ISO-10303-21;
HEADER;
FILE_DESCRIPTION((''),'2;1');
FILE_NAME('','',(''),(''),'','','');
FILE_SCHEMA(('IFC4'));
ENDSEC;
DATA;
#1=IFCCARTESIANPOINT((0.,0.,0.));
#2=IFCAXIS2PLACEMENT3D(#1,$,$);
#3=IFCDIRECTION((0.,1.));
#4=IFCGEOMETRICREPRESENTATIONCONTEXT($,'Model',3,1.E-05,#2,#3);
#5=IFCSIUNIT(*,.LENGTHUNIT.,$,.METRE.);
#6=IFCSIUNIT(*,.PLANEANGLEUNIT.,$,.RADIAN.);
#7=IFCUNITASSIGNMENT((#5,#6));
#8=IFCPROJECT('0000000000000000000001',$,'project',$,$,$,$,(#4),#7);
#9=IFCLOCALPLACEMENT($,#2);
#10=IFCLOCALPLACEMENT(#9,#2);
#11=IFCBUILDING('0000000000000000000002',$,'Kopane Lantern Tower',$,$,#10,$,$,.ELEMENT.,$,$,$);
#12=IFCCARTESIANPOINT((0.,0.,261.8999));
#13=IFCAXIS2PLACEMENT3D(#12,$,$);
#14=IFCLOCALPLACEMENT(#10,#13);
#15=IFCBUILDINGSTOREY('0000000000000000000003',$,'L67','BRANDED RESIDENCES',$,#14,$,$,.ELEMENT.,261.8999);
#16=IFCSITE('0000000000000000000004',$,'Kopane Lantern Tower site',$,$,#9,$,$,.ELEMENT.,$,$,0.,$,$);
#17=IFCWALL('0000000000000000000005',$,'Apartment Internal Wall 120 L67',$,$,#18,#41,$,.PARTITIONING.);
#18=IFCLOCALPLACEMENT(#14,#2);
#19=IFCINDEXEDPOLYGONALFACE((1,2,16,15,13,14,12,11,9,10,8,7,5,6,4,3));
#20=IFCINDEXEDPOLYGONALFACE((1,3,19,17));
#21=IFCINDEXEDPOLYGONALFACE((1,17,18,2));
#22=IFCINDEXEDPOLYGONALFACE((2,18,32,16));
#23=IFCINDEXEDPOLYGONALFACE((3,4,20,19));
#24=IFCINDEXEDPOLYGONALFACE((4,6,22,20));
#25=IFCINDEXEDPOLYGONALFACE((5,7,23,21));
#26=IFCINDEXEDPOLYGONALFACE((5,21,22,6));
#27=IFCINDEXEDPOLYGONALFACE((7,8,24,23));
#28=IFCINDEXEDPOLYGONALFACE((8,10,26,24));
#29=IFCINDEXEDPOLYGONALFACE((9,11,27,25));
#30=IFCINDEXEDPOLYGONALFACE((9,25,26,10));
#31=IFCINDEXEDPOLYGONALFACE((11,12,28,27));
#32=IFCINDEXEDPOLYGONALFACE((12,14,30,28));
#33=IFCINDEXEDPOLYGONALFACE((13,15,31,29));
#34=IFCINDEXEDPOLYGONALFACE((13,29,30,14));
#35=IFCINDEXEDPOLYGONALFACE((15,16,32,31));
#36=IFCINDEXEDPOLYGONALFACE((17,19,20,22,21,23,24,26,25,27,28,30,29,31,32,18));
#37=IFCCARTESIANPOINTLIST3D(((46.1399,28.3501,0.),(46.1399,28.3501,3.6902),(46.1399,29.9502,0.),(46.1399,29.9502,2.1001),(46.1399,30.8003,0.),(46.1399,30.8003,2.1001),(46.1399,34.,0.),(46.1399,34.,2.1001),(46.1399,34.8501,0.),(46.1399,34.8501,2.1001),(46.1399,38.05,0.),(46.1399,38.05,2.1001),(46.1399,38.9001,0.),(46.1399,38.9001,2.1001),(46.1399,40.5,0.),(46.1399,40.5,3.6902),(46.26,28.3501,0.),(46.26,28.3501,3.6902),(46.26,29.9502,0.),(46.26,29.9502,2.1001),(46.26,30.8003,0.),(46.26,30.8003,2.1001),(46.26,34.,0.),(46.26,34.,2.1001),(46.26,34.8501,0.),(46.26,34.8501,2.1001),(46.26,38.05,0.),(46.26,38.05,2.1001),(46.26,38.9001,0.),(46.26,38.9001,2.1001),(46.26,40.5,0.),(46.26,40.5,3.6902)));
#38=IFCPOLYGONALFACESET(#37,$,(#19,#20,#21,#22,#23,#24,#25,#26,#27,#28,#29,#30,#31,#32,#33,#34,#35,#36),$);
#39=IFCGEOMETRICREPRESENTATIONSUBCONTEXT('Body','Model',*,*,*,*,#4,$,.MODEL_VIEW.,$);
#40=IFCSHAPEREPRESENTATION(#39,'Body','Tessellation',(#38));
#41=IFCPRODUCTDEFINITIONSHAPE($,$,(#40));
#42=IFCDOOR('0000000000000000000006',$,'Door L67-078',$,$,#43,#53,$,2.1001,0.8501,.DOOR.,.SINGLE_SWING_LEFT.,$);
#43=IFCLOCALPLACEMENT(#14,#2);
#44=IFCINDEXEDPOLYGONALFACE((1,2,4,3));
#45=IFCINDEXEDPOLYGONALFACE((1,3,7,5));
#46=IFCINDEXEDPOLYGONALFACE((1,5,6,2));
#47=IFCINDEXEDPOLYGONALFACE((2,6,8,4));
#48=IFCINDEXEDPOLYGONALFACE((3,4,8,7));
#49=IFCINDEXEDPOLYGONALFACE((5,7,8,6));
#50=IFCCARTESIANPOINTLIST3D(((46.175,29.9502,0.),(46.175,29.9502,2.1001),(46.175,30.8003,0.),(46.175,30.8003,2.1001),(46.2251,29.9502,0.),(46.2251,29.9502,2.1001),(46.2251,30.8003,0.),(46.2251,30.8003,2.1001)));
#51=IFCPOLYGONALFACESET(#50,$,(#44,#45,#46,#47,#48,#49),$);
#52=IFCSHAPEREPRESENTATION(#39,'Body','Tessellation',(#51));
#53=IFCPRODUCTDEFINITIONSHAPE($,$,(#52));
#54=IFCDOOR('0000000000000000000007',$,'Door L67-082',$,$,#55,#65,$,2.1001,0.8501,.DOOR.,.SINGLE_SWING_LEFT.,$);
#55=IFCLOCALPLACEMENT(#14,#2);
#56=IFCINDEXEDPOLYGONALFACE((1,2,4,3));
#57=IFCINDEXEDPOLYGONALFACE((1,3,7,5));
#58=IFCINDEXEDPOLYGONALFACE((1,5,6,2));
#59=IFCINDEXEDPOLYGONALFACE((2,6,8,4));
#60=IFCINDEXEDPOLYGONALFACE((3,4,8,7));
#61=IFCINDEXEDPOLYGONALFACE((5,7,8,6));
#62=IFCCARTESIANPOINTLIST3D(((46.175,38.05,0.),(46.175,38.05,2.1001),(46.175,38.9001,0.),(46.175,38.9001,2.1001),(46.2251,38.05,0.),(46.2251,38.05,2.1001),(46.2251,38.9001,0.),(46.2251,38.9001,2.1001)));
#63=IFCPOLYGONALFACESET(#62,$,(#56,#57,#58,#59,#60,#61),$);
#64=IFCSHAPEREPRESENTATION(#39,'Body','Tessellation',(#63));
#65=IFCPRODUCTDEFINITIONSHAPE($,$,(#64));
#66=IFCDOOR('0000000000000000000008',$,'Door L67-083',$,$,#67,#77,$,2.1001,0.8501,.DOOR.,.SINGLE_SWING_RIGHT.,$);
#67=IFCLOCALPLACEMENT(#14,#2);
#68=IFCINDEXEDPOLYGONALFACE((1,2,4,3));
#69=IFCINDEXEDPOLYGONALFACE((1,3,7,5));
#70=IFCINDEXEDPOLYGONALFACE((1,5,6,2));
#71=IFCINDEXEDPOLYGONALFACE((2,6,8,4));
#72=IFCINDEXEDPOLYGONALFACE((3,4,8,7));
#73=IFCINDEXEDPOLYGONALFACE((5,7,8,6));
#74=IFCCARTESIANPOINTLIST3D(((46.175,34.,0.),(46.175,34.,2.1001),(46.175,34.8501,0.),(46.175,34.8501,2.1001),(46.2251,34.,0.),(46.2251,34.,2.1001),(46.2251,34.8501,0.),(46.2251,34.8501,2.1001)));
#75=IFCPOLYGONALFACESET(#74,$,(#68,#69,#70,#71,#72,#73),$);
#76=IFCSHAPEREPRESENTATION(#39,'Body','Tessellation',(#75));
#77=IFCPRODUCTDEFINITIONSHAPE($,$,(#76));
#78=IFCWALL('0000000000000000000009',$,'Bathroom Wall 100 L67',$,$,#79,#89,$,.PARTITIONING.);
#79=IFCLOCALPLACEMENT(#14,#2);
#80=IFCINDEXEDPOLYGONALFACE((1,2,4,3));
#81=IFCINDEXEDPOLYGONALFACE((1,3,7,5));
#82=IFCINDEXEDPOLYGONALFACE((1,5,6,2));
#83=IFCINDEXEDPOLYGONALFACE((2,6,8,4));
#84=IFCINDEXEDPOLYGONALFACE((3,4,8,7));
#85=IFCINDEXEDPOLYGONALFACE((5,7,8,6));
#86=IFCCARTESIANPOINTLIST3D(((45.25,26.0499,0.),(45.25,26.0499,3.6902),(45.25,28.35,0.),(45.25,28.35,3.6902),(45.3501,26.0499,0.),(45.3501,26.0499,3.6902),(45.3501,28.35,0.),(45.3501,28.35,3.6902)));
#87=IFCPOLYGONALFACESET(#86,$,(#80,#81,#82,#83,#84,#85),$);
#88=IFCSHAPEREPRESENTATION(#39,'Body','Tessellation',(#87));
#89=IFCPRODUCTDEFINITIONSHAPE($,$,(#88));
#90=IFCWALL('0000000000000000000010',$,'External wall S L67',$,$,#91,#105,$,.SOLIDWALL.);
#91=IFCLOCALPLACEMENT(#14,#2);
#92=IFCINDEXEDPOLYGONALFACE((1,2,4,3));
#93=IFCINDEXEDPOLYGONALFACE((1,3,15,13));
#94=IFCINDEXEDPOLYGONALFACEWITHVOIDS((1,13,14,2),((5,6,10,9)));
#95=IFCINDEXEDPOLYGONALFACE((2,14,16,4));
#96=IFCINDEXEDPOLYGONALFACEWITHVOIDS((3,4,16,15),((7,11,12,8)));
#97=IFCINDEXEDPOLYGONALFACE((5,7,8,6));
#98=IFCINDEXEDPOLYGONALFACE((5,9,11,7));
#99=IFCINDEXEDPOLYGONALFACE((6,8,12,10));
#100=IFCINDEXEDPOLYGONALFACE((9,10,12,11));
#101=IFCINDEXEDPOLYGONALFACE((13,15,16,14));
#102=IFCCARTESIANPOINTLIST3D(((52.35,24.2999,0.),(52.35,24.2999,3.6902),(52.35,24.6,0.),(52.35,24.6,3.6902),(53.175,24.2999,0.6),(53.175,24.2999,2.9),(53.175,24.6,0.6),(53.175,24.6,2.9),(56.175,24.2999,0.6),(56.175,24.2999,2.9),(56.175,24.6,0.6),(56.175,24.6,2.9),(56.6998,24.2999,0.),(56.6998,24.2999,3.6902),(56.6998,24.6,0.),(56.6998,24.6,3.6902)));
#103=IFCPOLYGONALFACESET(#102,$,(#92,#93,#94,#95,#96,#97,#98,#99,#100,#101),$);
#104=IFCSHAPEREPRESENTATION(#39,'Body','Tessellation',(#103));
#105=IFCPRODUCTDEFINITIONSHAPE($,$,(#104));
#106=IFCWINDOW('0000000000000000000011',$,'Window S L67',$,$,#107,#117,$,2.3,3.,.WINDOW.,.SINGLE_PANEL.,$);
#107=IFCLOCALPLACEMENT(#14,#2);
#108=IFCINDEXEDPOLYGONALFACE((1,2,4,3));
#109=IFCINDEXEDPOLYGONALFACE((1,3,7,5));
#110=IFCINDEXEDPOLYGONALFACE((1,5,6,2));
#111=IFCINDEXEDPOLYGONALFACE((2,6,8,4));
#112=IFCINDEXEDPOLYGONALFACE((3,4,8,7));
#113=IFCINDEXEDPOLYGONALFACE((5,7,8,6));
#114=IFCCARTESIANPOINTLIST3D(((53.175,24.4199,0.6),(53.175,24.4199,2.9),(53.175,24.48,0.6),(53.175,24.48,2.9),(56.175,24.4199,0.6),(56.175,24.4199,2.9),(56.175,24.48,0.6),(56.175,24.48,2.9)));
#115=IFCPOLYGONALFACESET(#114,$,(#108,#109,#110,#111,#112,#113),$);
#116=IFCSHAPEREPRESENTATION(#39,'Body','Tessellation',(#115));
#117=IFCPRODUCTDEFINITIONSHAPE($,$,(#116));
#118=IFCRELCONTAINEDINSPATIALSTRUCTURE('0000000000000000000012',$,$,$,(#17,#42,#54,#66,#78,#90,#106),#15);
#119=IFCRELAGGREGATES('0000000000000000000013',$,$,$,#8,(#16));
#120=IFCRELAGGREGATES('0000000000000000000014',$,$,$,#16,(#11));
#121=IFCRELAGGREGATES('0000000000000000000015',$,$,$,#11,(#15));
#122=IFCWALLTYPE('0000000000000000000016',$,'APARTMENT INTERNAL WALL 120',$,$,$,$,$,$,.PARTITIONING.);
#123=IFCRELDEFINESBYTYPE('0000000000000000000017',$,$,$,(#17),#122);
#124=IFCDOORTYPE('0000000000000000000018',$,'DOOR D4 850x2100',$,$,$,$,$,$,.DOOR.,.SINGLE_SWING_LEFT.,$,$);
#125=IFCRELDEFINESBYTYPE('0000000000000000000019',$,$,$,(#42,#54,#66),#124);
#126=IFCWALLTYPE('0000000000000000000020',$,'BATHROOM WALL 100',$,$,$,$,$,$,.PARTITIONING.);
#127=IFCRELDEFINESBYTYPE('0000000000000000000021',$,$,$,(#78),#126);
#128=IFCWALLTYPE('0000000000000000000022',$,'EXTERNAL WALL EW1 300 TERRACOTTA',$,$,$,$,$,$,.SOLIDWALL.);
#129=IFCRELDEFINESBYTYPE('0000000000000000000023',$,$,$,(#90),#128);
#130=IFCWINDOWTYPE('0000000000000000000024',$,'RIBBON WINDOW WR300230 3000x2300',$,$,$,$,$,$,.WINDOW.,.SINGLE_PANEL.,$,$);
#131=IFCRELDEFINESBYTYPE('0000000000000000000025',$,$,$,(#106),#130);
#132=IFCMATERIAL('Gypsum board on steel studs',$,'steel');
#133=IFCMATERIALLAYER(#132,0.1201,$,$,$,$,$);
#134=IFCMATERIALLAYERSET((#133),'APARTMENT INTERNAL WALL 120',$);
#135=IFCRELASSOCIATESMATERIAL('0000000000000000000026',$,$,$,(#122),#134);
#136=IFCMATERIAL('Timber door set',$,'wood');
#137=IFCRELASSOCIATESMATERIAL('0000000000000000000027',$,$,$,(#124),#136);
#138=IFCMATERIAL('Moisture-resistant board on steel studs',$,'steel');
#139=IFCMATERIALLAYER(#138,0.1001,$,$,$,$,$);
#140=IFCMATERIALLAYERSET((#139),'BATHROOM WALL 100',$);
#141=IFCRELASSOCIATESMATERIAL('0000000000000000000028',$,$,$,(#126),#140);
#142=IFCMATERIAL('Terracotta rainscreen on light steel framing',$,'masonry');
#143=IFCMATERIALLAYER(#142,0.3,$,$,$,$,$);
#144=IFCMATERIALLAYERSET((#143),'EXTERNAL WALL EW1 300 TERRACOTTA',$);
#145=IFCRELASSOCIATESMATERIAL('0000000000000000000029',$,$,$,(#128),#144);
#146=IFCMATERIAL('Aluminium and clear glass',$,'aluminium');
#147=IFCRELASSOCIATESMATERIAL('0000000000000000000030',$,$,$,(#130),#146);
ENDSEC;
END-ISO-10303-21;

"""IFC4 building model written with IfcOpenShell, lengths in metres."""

from ifc_helpers import new_model, si_unit, direction, frame, frame_2d, origin, place, context, subcontext, project, spatial, rectangle, extrude, material, layer, layer_set, type_object, element, fill, save


model = new_model("IFC4")

# Units and contexts
model_context = context("Model", 3, precision=1e-05, world=origin(), true_north=direction((0.0, 1.0)))
body_context = subcontext(model_context, "Body", "Model", "MODEL_VIEW")
ifc_project = project(units=[si_unit("LENGTHUNIT", "METRE"), si_unit("PLANEANGLEUNIT", "RADIAN")], contexts=[model_context])

# Site, building, storey
site_placement = place(None, origin())
site = spatial("IfcSite", under=ifc_project, at=site_placement, Name="Kopane Lantern Tower site", CompositionType="ELEMENT", RefElevation=0.0)
building_placement = place(site_placement, origin())
building = spatial("IfcBuilding", under=site, at=building_placement, Name="Kopane Lantern Tower", CompositionType="ELEMENT")
storey_placement = place(building_placement, frame((0.0, 0.0, 261.8999)))
storey = spatial("IfcBuildingStorey", under=building, at=storey_placement, Name="L67", Description="BRANDED RESIDENCES", CompositionType="ELEMENT", Elevation=261.8999)

# Wall, openings, doors
ifc_material_1 = material(Name="Gypsum board on steel studs", Category="steel")
ifc_layer_1 = layer(ifc_material_1, 0.1201)
ifc_layer_set_1 = layer_set([ifc_layer_1], Name="APARTMENT INTERNAL WALL 120")
wall_type_1 = type_object("IfcWallType", Name="APARTMENT INTERNAL WALL 120", PredefinedType="PARTITIONING", material=ifc_layer_set_1)
wall_1_placement = place(storey_placement, frame((46.2, 28.3501, 0.0), z_axis=(0.0, 0.0, 1.0), x_axis=(0.0, 1.0, 0.0)))
wall_1 = element("IfcWall", 1, at=wall_1_placement, inside=storey, type_object=wall_type_1, Name="Apartment Internal Wall 120 L67", PredefinedType="PARTITIONING", context=body_context, shape_type="SweptSolid", body=[
    extrude(rectangle(XDim=12.1499, YDim=0.1201, at=frame_2d((6.075, 0.0))), origin(), (0.0, 0.0, 1.0), 3.6902),
])
opening_1_placement = place(wall_1_placement, frame((1.6001, 0.0, 0.0)))
opening_1 = element("IfcOpeningElement", 2, at=opening_1_placement, cuts=wall_1, PredefinedType="OPENING", context=body_context, shape_type="SweptSolid", body=[
    extrude(rectangle(XDim=0.8501, YDim=2.1001, at=frame_2d((0.425, 1.05))), frame((0.0, 0.0701, 0.0), z_axis=(0.0, -1.0, 0.0), x_axis=(1.0, 0.0, 0.0)), (0.0, 0.0, 1.0), 0.1401),
])
opening_2_placement = place(wall_1_placement, frame((9.7, 0.0, 0.0)))
opening_2 = element("IfcOpeningElement", 3, at=opening_2_placement, cuts=wall_1, PredefinedType="OPENING", context=body_context, shape_type="SweptSolid", body=[
    extrude(rectangle(XDim=0.8501, YDim=2.1001, at=frame_2d((0.425, 1.05))), frame((0.0, 0.0701, 0.0), z_axis=(0.0, -1.0, 0.0), x_axis=(1.0, 0.0, 0.0)), (0.0, 0.0, 1.0), 0.1401),
])
opening_3_placement = place(wall_1_placement, frame((5.6499, 0.0, 0.0)))
opening_3 = element("IfcOpeningElement", 4, at=opening_3_placement, cuts=wall_1, PredefinedType="OPENING", context=body_context, shape_type="SweptSolid", body=[
    extrude(rectangle(XDim=0.8501, YDim=2.1001, at=frame_2d((0.425, 1.05))), frame((0.0, 0.0701, 0.0), z_axis=(0.0, -1.0, 0.0), x_axis=(1.0, 0.0, 0.0)), (0.0, 0.0, 1.0), 0.1401),
])
ifc_material_2 = material(Name="Timber door set", Category="wood")
door_type = type_object("IfcDoorType", Name="DOOR D4 850x2100", OperationType="SINGLE_SWING_LEFT", PredefinedType="DOOR", material=ifc_material_2)
door_1_placement = place(opening_1_placement, origin())
door_1 = element("IfcDoor", 5, at=door_1_placement, inside=storey, type_object=door_type, Name="Door L67-078", OperationType="SINGLE_SWING_LEFT", OverallHeight=2.1001, OverallWidth=0.8501, PredefinedType="DOOR", context=body_context, shape_type="SweptSolid", body=[
    extrude(rectangle(XDim=0.8501, YDim=2.1001, at=frame_2d((0.425, 1.05))), frame((0.0, 0.0249, 0.0), z_axis=(0.0, -1.0, 0.0), x_axis=(1.0, 0.0, 0.0)), (0.0, 0.0, 1.0), 0.05),
])
fill(opening_1, door_1)
door_2_placement = place(opening_2_placement, origin())
door_2 = element("IfcDoor", 6, at=door_2_placement, inside=storey, type_object=door_type, Name="Door L67-082", OperationType="SINGLE_SWING_LEFT", OverallHeight=2.1001, OverallWidth=0.8501, PredefinedType="DOOR", context=body_context, shape_type="SweptSolid", body=[
    extrude(rectangle(XDim=0.8501, YDim=2.1001, at=frame_2d((0.425, 1.05))), frame((0.0, 0.0249, 0.0), z_axis=(0.0, -1.0, 0.0), x_axis=(1.0, 0.0, 0.0)), (0.0, 0.0, 1.0), 0.05),
])
fill(opening_2, door_2)
door_3_placement = place(opening_3_placement, origin())
door_3 = element("IfcDoor", 7, at=door_3_placement, inside=storey, type_object=door_type, Name="Door L67-083", OperationType="SINGLE_SWING_RIGHT", OverallHeight=2.1001, OverallWidth=0.8501, PredefinedType="DOOR", context=body_context, shape_type="SweptSolid", body=[
    extrude(rectangle(XDim=0.8501, YDim=2.1001, at=frame_2d((0.425, 1.05))), frame((0.0, 0.0249, 0.0), z_axis=(0.0, -1.0, 0.0), x_axis=(1.0, 0.0, 0.0)), (0.0, 0.0, 1.0), 0.05),
])
fill(opening_3, door_3)

# Wall
ifc_material_3 = material(Name="Moisture-resistant board on steel studs", Category="steel")
ifc_layer_2 = layer(ifc_material_3, 0.1001)
ifc_layer_set_2 = layer_set([ifc_layer_2], Name="BATHROOM WALL 100")
wall_type_2 = type_object("IfcWallType", Name="BATHROOM WALL 100", PredefinedType="PARTITIONING", material=ifc_layer_set_2)
wall_2_placement = place(storey_placement, frame((45.3, 26.05, 0.0), z_axis=(0.0, 0.0, 1.0), x_axis=(0.0, 1.0, 0.0)))
element("IfcWall", 8, at=wall_2_placement, inside=storey, type_object=wall_type_2, Name="Bathroom Wall 100 L67", PredefinedType="PARTITIONING", context=body_context, shape_type="SweptSolid", body=[
    extrude(rectangle(XDim=2.3, YDim=0.1001, at=frame_2d((1.1499, 0.0))), origin(), (0.0, 0.0, 1.0), 3.6902),
])

# Wall, opening, window
ifc_material_4 = material(Name="Terracotta rainscreen on light steel framing", Category="masonry")
ifc_layer_3 = layer(ifc_material_4, 0.3)
ifc_layer_set_3 = layer_set([ifc_layer_3], Name="EXTERNAL WALL EW1 300 TERRACOTTA")
wall_type_3 = type_object("IfcWallType", Name="EXTERNAL WALL EW1 300 TERRACOTTA", PredefinedType="SOLIDWALL", material=ifc_layer_set_3)
wall_3_placement = place(storey_placement, frame((52.3501, 24.45, 0.0), z_axis=(0.0, 0.0, 1.0), x_axis=(1.0, 0.0, 0.0)))
wall_3 = element("IfcWall", 9, at=wall_3_placement, inside=storey, type_object=wall_type_3, Name="External wall S L67", PredefinedType="SOLIDWALL", context=body_context, shape_type="SweptSolid", body=[
    extrude(rectangle(XDim=4.3499, YDim=0.3, at=frame_2d((2.1748, 0.0))), origin(), (0.0, 0.0, 1.0), 3.6902),
])
opening_4_placement = place(wall_3_placement, frame((0.825, 0.0, 0.6001)))
opening_4 = element("IfcOpeningElement", 10, at=opening_4_placement, cuts=wall_3, PredefinedType="OPENING", context=body_context, shape_type="SweptSolid", body=[
    extrude(rectangle(XDim=3.0, YDim=2.3, at=frame_2d((1.5, 1.1499))), frame((0.0, 0.1599, 0.0), z_axis=(0.0, -1.0, 0.0), x_axis=(1.0, 0.0, 0.0)), (0.0, 0.0, 1.0), 0.3201),
])
ifc_material_5 = material(Name="Aluminium and clear glass", Category="aluminium")
window_type_1 = type_object("IfcWindowType", Name="RIBBON WINDOW WR300230 3000x2300", PartitioningType="SINGLE_PANEL", PredefinedType="WINDOW", material=ifc_material_5)
window_1_placement = place(opening_4_placement, origin())
window_1 = element("IfcWindow", 11, at=window_1_placement, inside=storey, type_object=window_type_1, Name="Window S L67", OverallHeight=2.3, OverallWidth=3.0, PartitioningType="SINGLE_PANEL", PredefinedType="WINDOW", context=body_context, shape_type="SweptSolid", body=[
    extrude(rectangle(XDim=3.0, YDim=2.3, at=frame_2d((1.5, 1.1499))), frame((0.0, 0.03, 0.0), z_axis=(0.0, -1.0, 0.0), x_axis=(1.0, 0.0, 0.0)), (0.0, 0.0, 1.0), 0.0601),
])
fill(opening_4, window_1)

save(model, "model.ifc")
